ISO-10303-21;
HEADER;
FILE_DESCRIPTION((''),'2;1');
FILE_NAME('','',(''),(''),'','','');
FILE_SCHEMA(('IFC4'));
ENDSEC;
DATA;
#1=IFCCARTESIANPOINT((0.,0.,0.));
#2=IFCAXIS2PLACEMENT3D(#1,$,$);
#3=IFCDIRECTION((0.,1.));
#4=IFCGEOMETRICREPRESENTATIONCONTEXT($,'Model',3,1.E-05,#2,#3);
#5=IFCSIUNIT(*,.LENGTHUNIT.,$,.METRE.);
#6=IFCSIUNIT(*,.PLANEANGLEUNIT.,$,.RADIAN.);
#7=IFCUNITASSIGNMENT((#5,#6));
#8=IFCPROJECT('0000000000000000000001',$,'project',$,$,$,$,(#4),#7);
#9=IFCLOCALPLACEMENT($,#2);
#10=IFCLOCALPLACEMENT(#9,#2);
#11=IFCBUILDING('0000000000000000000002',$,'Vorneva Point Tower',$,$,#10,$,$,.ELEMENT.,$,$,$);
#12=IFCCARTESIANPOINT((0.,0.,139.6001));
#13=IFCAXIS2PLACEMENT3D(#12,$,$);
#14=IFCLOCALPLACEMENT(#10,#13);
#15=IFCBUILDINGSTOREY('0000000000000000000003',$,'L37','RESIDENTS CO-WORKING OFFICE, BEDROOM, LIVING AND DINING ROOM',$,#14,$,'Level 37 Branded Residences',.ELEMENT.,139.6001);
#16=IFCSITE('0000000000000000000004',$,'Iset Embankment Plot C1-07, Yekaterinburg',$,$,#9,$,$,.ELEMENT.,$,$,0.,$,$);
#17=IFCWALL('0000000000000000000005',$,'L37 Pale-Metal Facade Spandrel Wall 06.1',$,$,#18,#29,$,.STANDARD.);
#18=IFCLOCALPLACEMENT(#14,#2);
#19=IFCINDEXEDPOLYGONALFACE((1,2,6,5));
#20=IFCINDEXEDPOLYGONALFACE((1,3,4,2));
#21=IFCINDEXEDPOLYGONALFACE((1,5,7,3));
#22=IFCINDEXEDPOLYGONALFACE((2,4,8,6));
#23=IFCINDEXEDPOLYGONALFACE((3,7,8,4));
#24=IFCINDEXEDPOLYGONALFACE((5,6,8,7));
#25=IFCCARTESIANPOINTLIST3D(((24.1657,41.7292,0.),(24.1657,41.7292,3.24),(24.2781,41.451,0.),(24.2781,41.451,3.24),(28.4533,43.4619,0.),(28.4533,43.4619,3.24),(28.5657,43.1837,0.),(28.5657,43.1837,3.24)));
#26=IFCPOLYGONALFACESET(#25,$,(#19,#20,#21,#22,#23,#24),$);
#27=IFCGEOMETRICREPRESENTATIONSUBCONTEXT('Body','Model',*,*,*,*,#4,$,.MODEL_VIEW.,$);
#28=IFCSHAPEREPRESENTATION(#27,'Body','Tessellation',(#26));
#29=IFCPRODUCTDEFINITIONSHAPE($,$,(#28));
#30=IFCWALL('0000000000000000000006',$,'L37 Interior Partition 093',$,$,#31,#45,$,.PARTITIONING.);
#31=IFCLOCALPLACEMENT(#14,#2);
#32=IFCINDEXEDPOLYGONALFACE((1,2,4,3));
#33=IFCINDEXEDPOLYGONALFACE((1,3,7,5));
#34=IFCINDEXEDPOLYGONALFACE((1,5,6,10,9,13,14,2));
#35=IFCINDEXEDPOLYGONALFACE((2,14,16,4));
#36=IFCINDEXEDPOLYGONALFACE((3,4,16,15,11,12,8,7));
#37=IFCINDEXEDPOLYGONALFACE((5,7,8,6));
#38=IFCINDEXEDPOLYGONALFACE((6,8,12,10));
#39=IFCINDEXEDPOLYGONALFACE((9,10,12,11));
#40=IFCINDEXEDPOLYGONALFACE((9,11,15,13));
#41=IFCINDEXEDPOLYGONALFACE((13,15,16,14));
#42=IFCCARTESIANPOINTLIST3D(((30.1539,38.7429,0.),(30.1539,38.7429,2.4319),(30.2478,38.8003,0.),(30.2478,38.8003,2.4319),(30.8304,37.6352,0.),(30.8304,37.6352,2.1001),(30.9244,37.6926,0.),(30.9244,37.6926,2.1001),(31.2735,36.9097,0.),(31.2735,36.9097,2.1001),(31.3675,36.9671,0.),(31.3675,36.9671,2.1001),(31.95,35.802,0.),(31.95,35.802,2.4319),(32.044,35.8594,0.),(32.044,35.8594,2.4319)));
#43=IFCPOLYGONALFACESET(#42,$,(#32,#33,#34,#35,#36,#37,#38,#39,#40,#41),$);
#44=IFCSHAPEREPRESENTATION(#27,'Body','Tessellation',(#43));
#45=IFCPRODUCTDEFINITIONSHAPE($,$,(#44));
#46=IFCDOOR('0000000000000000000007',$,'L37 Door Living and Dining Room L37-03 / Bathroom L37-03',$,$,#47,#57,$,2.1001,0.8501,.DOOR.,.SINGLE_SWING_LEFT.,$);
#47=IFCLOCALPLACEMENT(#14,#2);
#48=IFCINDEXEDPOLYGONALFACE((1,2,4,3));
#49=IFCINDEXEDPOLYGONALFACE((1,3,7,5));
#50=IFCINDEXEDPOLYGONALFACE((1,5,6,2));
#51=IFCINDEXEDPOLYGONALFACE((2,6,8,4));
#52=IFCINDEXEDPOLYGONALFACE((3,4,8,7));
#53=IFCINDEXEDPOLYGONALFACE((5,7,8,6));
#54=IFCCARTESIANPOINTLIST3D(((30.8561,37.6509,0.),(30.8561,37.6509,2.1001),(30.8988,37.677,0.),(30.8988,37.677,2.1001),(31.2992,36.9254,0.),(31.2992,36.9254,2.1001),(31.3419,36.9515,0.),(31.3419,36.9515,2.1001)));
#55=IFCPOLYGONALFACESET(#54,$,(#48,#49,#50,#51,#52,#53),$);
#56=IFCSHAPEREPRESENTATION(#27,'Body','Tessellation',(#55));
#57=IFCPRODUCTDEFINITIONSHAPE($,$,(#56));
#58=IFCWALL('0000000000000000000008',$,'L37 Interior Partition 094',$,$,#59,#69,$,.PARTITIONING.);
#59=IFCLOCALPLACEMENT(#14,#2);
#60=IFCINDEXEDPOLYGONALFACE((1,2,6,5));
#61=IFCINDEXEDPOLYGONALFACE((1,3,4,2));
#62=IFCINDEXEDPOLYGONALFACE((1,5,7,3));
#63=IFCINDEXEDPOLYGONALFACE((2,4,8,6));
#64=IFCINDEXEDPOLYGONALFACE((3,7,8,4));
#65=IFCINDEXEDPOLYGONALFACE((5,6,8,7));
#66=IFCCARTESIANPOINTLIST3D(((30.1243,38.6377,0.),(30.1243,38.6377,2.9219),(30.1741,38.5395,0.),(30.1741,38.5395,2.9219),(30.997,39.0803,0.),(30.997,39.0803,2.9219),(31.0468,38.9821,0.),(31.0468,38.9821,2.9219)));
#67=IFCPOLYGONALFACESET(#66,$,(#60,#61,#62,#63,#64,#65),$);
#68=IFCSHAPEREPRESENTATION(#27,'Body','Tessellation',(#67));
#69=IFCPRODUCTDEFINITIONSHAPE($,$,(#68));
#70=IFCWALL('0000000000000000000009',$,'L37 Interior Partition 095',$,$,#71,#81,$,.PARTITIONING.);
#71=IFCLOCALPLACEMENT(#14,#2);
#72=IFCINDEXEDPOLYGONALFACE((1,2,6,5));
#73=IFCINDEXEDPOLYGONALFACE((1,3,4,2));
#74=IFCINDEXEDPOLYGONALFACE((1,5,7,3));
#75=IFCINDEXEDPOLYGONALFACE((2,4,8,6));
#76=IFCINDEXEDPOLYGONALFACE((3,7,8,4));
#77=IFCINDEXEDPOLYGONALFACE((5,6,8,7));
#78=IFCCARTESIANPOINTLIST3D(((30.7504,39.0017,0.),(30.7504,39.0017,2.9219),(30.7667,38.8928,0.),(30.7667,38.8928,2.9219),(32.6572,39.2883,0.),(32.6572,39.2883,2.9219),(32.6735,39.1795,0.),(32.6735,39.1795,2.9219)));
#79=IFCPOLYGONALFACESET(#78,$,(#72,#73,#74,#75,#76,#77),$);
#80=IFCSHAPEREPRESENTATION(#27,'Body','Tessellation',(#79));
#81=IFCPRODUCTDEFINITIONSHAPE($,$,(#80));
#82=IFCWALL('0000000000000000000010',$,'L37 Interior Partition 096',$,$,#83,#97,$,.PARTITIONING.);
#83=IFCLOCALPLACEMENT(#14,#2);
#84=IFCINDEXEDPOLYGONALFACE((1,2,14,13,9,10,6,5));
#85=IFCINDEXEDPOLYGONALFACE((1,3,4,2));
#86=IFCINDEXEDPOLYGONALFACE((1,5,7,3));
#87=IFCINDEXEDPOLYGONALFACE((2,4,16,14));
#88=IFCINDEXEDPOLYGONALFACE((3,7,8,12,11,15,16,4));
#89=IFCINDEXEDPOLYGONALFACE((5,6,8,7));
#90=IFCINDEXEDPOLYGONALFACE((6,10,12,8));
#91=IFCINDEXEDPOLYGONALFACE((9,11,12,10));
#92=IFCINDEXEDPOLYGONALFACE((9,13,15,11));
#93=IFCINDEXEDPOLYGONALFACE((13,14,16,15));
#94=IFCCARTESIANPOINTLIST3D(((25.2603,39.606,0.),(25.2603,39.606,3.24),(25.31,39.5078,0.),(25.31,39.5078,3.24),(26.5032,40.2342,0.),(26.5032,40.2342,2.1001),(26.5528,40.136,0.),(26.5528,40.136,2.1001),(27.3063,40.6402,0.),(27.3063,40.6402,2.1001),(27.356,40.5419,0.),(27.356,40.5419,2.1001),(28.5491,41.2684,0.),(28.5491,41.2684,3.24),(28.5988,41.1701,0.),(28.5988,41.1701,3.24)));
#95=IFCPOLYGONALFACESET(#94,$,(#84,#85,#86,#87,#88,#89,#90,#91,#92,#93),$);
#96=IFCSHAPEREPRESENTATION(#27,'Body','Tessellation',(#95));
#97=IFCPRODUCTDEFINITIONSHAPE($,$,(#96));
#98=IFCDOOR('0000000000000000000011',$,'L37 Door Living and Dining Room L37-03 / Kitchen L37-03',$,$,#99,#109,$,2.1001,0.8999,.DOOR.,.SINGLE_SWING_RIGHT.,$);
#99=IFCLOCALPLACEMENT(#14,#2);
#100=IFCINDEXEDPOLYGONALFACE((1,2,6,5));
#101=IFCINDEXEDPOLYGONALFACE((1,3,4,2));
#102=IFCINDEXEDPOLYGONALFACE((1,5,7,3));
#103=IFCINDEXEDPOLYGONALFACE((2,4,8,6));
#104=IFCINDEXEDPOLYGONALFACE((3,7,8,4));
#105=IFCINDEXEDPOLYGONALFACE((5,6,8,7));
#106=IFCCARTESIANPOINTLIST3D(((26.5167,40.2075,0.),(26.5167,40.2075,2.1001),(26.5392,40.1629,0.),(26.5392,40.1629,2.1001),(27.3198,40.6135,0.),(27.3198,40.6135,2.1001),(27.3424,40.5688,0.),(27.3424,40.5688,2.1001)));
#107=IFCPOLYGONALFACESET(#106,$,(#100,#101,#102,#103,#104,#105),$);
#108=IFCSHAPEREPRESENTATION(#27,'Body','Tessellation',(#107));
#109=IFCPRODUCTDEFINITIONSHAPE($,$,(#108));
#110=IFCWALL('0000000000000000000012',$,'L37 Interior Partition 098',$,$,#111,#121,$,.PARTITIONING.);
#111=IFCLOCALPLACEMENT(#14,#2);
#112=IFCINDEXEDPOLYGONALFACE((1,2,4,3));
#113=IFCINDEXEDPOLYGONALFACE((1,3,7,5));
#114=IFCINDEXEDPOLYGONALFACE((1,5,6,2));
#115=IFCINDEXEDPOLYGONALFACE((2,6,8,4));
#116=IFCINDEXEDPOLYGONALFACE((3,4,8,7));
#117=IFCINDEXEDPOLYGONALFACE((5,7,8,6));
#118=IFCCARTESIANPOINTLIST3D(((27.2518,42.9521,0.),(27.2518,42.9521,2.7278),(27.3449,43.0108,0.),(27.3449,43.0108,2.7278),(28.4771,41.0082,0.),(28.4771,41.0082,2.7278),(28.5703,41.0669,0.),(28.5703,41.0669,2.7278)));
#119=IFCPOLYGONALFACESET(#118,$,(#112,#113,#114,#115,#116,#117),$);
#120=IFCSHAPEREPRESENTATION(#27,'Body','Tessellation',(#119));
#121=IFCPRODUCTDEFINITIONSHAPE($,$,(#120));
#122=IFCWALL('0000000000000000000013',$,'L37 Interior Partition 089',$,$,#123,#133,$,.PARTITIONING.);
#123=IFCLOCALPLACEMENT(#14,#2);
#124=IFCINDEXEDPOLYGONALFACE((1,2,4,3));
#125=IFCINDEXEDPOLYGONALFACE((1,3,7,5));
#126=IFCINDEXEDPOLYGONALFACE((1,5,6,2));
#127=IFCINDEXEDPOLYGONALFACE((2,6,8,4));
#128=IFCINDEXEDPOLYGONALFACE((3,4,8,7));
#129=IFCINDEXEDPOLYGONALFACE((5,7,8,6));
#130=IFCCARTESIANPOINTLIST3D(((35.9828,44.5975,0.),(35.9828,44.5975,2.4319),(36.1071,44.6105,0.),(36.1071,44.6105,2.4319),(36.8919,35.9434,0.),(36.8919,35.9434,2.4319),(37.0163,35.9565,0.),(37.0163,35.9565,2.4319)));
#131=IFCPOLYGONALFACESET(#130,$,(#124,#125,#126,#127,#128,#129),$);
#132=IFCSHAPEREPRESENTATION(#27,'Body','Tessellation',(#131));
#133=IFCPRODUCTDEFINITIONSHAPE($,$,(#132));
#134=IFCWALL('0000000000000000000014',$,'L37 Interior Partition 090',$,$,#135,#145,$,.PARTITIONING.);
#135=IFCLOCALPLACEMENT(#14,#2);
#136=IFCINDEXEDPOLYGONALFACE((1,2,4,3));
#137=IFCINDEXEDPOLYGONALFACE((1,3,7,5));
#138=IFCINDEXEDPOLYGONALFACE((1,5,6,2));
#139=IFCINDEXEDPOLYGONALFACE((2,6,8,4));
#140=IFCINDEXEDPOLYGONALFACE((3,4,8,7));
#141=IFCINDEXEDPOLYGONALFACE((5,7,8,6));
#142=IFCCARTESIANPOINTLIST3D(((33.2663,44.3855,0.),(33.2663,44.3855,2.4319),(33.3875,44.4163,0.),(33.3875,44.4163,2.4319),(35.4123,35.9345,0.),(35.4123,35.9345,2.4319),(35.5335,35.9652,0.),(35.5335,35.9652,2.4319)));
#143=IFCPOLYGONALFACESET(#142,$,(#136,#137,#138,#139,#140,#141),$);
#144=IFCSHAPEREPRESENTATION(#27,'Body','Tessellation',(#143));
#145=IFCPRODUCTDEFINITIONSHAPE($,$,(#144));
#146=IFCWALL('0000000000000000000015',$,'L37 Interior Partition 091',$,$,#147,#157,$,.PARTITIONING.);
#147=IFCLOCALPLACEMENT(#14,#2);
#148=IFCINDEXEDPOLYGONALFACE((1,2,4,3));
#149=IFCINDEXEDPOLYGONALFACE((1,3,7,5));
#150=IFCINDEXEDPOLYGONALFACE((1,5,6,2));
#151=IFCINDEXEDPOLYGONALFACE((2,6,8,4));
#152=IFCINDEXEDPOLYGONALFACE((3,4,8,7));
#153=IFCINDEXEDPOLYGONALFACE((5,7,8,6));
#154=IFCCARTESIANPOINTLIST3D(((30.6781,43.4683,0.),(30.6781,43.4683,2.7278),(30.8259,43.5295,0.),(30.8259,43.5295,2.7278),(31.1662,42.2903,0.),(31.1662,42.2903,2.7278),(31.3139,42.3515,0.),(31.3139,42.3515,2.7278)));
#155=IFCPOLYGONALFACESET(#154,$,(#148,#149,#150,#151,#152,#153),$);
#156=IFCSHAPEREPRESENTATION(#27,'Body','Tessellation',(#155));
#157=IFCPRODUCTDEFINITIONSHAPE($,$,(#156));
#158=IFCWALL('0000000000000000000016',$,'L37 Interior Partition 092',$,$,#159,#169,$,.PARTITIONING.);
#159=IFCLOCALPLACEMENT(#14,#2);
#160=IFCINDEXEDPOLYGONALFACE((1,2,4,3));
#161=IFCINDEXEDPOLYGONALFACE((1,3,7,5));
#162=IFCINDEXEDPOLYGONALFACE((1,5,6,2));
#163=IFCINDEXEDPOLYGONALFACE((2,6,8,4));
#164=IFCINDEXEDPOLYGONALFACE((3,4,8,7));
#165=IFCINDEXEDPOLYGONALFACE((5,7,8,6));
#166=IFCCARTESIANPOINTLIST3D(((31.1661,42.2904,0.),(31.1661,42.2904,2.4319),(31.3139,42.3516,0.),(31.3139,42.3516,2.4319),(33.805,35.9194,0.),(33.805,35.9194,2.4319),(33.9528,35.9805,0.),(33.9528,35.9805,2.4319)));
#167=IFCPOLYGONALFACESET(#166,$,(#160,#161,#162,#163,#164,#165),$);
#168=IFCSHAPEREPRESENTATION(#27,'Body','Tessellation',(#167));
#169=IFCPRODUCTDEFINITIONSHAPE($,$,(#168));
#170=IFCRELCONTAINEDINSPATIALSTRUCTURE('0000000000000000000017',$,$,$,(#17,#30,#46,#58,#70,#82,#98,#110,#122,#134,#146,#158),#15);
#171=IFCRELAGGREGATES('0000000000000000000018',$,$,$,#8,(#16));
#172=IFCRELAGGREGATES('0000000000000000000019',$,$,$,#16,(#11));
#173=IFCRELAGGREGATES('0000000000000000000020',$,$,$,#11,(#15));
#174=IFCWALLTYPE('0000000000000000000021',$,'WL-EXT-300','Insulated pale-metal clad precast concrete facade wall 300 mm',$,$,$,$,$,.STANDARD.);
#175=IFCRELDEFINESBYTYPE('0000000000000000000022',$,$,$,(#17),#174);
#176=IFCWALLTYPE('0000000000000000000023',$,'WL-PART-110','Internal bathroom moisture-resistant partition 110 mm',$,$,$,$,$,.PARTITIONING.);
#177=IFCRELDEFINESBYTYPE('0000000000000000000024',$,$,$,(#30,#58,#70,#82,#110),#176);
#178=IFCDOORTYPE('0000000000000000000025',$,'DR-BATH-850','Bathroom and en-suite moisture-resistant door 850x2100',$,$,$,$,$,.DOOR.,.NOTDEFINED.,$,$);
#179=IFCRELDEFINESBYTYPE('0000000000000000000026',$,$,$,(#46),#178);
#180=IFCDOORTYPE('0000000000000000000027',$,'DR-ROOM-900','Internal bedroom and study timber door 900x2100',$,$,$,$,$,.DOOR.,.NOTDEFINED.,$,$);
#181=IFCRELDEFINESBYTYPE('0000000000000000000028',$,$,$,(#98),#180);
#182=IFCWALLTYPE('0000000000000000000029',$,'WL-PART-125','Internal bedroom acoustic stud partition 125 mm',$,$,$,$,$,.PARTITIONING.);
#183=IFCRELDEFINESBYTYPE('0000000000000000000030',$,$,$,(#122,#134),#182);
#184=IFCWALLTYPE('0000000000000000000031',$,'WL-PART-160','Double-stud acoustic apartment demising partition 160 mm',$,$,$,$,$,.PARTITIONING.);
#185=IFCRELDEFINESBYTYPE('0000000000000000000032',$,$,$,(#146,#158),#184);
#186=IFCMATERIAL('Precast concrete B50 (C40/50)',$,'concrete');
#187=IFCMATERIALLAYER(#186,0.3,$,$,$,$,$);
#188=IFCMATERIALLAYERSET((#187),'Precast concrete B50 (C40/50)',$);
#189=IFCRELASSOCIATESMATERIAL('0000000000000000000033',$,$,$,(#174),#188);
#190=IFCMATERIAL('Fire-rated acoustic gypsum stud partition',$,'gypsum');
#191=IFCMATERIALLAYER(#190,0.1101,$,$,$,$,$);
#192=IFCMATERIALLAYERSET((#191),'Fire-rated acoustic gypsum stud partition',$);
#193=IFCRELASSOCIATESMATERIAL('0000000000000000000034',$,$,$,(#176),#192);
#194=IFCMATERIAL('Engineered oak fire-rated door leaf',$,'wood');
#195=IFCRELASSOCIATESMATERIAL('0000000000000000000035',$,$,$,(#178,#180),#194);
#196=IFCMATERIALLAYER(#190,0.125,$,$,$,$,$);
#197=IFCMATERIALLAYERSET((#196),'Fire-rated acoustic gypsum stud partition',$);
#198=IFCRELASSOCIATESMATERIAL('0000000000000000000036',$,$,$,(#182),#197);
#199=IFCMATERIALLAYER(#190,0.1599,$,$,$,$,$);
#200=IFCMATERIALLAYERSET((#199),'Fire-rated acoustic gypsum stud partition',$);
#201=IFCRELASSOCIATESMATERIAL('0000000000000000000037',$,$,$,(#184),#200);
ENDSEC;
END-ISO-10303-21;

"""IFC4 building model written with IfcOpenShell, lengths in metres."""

from ifc_helpers import new_model, si_unit, direction, frame, frame_2d, origin, place, context, subcontext, project, spatial, rectangle, extrude, material, layer, layer_set, type_object, element, fill, save


model = new_model("IFC4")

# Units and contexts
model_context = context("Model", 3, precision=1e-05, world=origin(), true_north=direction((0.0, 1.0)))
body_context = subcontext(model_context, "Body", "Model", "MODEL_VIEW")
ifc_project = project(units=[si_unit("LENGTHUNIT", "METRE"), si_unit("PLANEANGLEUNIT", "RADIAN")], contexts=[model_context])

# Site, building, storey
site_placement = place(None, origin())
site = spatial("IfcSite", under=ifc_project, at=site_placement, Name="Iset Embankment Plot C1-07, Yekaterinburg", CompositionType="ELEMENT", RefElevation=0.0)
building_placement = place(site_placement, origin())
building = spatial("IfcBuilding", under=site, at=building_placement, Name="Vorneva Point Tower", CompositionType="ELEMENT")
storey_placement = place(building_placement, frame((0.0, 0.0, 139.6001)))
storey = spatial("IfcBuildingStorey", under=building, at=storey_placement, Name="L37", Description="RESIDENTS CO-WORKING OFFICE, BEDROOM, LIVING AND DINING ROOM", LongName="Level 37 Branded Residences", CompositionType="ELEMENT", Elevation=139.6001)

# Wall
ifc_material_1 = material(Name="Precast concrete B50 (C40/50)", Category="concrete")
ifc_layer_1 = layer(ifc_material_1, 0.3)
ifc_layer_set_1 = layer_set([ifc_layer_1], Name="Precast concrete B50 (C40/50)")
wall_type_1 = type_object("IfcWallType", Name="WL-EXT-300", Description="Insulated pale-metal clad precast concrete facade wall 300 mm", PredefinedType="STANDARD", material=ifc_layer_set_1)
wall_1_placement = place(storey_placement, frame((28.5095, 43.3228, 0.0), z_axis=(0.0, 0.0, 1.0), x_axis=(-0.927157, -0.374674, 0.0)))
element("IfcWall", 1, at=wall_1_placement, inside=storey, type_object=wall_type_1, Name="L37 Pale-Metal Facade Spandrel Wall 06.1", PredefinedType="STANDARD", context=body_context, shape_type="SweptSolid", body=[
    extrude(rectangle(XDim=4.6245, YDim=0.3, at=frame_2d((2.3123, 0.0))), origin(), (0.0, 0.0, 1.0), 3.24),
])

# Wall, opening, door
ifc_material_2 = material(Name="Fire-rated acoustic gypsum stud partition", Category="gypsum")
ifc_layer_2 = layer(ifc_material_2, 0.1101)
ifc_layer_set_2 = layer_set([ifc_layer_2], Name="Fire-rated acoustic gypsum stud partition")
wall_type_2 = type_object("IfcWallType", Name="WL-PART-110", Description="Internal bathroom moisture-resistant partition 110 mm", PredefinedType="PARTITIONING", material=ifc_layer_set_2)
wall_2_placement = place(storey_placement, frame((31.9971, 35.8306, 0.0), z_axis=(0.0, 0.0, 1.0), x_axis=(-0.521221, 0.853422, 0.0)))
wall_2 = element("IfcWall", 2, at=wall_2_placement, inside=storey, type_object=wall_type_2, Name="L37 Interior Partition 093", PredefinedType="PARTITIONING", context=body_context, shape_type="SweptSolid", body=[
    extrude(rectangle(XDim=3.446, YDim=0.1101, at=frame_2d((1.7231, 0.0))), origin(), (0.0, 0.0, 1.0), 2.4319),
])
opening_1_placement = place(wall_2_placement, frame((1.2981, 0.0, 0.0)))
opening_1 = element("IfcOpeningElement", 3, at=opening_1_placement, cuts=wall_2, PredefinedType="OPENING", context=body_context, shape_type="SweptSolid", body=[
    extrude(rectangle(XDim=0.8501, YDim=2.1001, at=frame_2d((0.425, 1.05))), frame((0.0, 0.0698, 0.0), z_axis=(0.0, -1.0, 0.0), x_axis=(1.0, 0.0, 0.0)), (0.0, 0.0, 1.0), 0.1399),
])
ifc_material_3 = material(Name="Engineered oak fire-rated door leaf", Category="wood")
door_type_1 = type_object("IfcDoorType", Name="DR-BATH-850", Description="Bathroom and en-suite moisture-resistant door 850x2100", OperationType="NOTDEFINED", PredefinedType="DOOR", material=ifc_material_3)
door_1_placement = place(opening_1_placement, origin())
door_1 = element("IfcDoor", 4, at=door_1_placement, inside=storey, type_object=door_type_1, Name="L37 Door Living and Dining Room L37-03 / Bathroom L37-03", OperationType="SINGLE_SWING_LEFT", OverallHeight=2.1001, OverallWidth=0.8501, PredefinedType="DOOR", context=body_context, shape_type="SweptSolid", body=[
    extrude(rectangle(XDim=0.8501, YDim=2.1001, at=frame_2d((0.425, 1.05))), frame((0.0, 0.0249, 0.0), z_axis=(0.0, -1.0, 0.0), x_axis=(1.0, 0.0, 0.0)), (0.0, 0.0, 1.0), 0.05),
])
fill(opening_1, door_1)

# Walls
wall_3_placement = place(storey_placement, frame((30.1492, 38.5886, 0.0), z_axis=(0.0, 0.0, 1.0), x_axis=(0.891868, 0.452296, 0.0)))
element("IfcWall", 5, at=wall_3_placement, inside=storey, type_object=wall_type_2, Name="L37 Interior Partition 094", PredefinedType="PARTITIONING", context=body_context, shape_type="SweptSolid", body=[
    extrude(rectangle(XDim=0.9785, YDim=0.1101, at=frame_2d((0.4893, 0.0))), origin(), (0.0, 0.0, 1.0), 2.9219),
])
wall_4_placement = place(storey_placement, frame((30.7585, 38.9473, 0.0), z_axis=(0.0, 0.0, 1.0), x_axis=(0.98889, 0.14865, 0.0)))
element("IfcWall", 6, at=wall_4_placement, inside=storey, type_object=wall_type_2, Name="L37 Interior Partition 095", PredefinedType="PARTITIONING", context=body_context, shape_type="SweptSolid", body=[
    extrude(rectangle(XDim=1.9282, YDim=0.1101, at=frame_2d((0.9641, 0.0))), origin(), (0.0, 0.0, 1.0), 2.9219),
])

# Wall, opening, door
wall_5_placement = place(storey_placement, frame((28.574, 41.2192, 0.0), z_axis=(0.0, 0.0, 1.0), x_axis=(-0.892471, -0.451105, 0.0)))
wall_5 = element("IfcWall", 7, at=wall_5_placement, inside=storey, type_object=wall_type_2, Name="L37 Interior Partition 096", PredefinedType="PARTITIONING", context=body_context, shape_type="SweptSolid", body=[
    extrude(rectangle(XDim=3.6851, YDim=0.1101, at=frame_2d((1.8425, 0.0))), origin(), (0.0, 0.0, 1.0), 3.24),
])
opening_2_placement = place(wall_5_placement, frame((1.3926, 0.0, 0.0)))
opening_2 = element("IfcOpeningElement", 8, at=opening_2_placement, cuts=wall_5, PredefinedType="OPENING", context=body_context, shape_type="SweptSolid", body=[
    extrude(rectangle(XDim=0.8999, YDim=2.1001, at=frame_2d((0.45, 1.05))), frame((0.0, 0.0698, 0.0), z_axis=(0.0, -1.0, 0.0), x_axis=(1.0, 0.0, 0.0)), (0.0, 0.0, 1.0), 0.1399),
])
door_type_2 = type_object("IfcDoorType", Name="DR-ROOM-900", Description="Internal bedroom and study timber door 900x2100", OperationType="NOTDEFINED", PredefinedType="DOOR", material=ifc_material_3)
door_2_placement = place(opening_2_placement, origin())
door_2 = element("IfcDoor", 9, at=door_2_placement, inside=storey, type_object=door_type_2, Name="L37 Door Living and Dining Room L37-03 / Kitchen L37-03", OperationType="SINGLE_SWING_RIGHT", OverallHeight=2.1001, OverallWidth=0.8999, PredefinedType="DOOR", context=body_context, shape_type="SweptSolid", body=[
    extrude(rectangle(XDim=0.8999, YDim=2.1001, at=frame_2d((0.45, 1.05))), frame((0.0, 0.0249, 0.0), z_axis=(0.0, -1.0, 0.0), x_axis=(1.0, 0.0, 0.0)), (0.0, 0.0, 1.0), 0.05),
])
fill(opening_2, door_2)

# Walls
wall_6_placement = place(storey_placement, frame((27.2983, 42.9814, 0.0), z_axis=(0.0, 0.0, 1.0), x_axis=(0.533261, -0.845951, 0.0)))
element("IfcWall", 10, at=wall_6_placement, inside=storey, type_object=wall_type_2, Name="L37 Interior Partition 098", PredefinedType="PARTITIONING", context=body_context, shape_type="SweptSolid", body=[
    extrude(rectangle(XDim=2.2979, YDim=0.1101, at=frame_2d((1.1489, 0.0))), origin(), (0.0, 0.0, 1.0), 2.7278),
])
ifc_layer_3 = layer(ifc_material_2, 0.125)
ifc_layer_set_3 = layer_set([ifc_layer_3], Name="Fire-rated acoustic gypsum stud partition")
wall_type_3 = type_object("IfcWallType", Name="WL-PART-125", Description="Internal bedroom acoustic stud partition 125 mm", PredefinedType="PARTITIONING", material=ifc_layer_set_3)
wall_7_placement = place(storey_placement, frame((36.0449, 44.604, 0.0), z_axis=(0.0, 0.0, 1.0), x_axis=(0.104483, -0.994527, 0.0)))
element("IfcWall", 11, at=wall_7_placement, inside=storey, type_object=wall_type_3, Name="L37 Interior Partition 089", PredefinedType="PARTITIONING", context=body_context, shape_type="SweptSolid", body=[
    extrude(rectangle(XDim=8.7017, YDim=0.125, at=frame_2d((4.3508, 0.0))), origin(), (0.0, 0.0, 1.0), 2.4319),
])
wall_8_placement = place(storey_placement, frame((33.3269, 44.4009, 0.0), z_axis=(0.0, 0.0, 1.0), x_axis=(0.246125, -0.969238, 0.0)))
element("IfcWall", 12, at=wall_8_placement, inside=storey, type_object=wall_type_3, Name="L37 Interior Partition 090", PredefinedType="PARTITIONING", context=body_context, shape_type="SweptSolid", body=[
    extrude(rectangle(XDim=8.7192, YDim=0.125, at=frame_2d((4.3596, 0.0))), origin(), (0.0, 0.0, 1.0), 2.4319),
])
ifc_layer_4 = layer(ifc_material_2, 0.1599)
ifc_layer_set_4 = layer_set([ifc_layer_4], Name="Fire-rated acoustic gypsum stud partition")
wall_type_4 = type_object("IfcWallType", Name="WL-PART-160", Description="Double-stud acoustic apartment demising partition 160 mm", PredefinedType="PARTITIONING", material=ifc_layer_set_4)
wall_9_placement = place(storey_placement, frame((30.752, 43.499, 0.0), z_axis=(0.0, 0.0, 1.0), x_axis=(0.382752, -0.923851, 0.0)))
element("IfcWall", 13, at=wall_9_placement, inside=storey, type_object=wall_type_4, Name="L37 Interior Partition 091", PredefinedType="PARTITIONING", context=body_context, shape_type="SweptSolid", body=[
    extrude(rectangle(XDim=1.2751, YDim=0.1599, at=frame_2d((0.6377, 0.0))), origin(), (0.0, 0.0, 1.0), 2.7278),
])
wall_10_placement = place(storey_placement, frame((31.24, 42.321, 0.0), z_axis=(0.0, 0.0, 1.0), x_axis=(0.382674, -0.923884, 0.0)))
element("IfcWall", 14, at=wall_10_placement, inside=storey, type_object=wall_type_4, Name="L37 Interior Partition 092", PredefinedType="PARTITIONING", context=body_context, shape_type="SweptSolid", body=[
    extrude(rectangle(XDim=6.896, YDim=0.1599, at=frame_2d((3.448, 0.0))), origin(), (0.0, 0.0, 1.0), 2.4319),
])

save(model, "model.ifc")
